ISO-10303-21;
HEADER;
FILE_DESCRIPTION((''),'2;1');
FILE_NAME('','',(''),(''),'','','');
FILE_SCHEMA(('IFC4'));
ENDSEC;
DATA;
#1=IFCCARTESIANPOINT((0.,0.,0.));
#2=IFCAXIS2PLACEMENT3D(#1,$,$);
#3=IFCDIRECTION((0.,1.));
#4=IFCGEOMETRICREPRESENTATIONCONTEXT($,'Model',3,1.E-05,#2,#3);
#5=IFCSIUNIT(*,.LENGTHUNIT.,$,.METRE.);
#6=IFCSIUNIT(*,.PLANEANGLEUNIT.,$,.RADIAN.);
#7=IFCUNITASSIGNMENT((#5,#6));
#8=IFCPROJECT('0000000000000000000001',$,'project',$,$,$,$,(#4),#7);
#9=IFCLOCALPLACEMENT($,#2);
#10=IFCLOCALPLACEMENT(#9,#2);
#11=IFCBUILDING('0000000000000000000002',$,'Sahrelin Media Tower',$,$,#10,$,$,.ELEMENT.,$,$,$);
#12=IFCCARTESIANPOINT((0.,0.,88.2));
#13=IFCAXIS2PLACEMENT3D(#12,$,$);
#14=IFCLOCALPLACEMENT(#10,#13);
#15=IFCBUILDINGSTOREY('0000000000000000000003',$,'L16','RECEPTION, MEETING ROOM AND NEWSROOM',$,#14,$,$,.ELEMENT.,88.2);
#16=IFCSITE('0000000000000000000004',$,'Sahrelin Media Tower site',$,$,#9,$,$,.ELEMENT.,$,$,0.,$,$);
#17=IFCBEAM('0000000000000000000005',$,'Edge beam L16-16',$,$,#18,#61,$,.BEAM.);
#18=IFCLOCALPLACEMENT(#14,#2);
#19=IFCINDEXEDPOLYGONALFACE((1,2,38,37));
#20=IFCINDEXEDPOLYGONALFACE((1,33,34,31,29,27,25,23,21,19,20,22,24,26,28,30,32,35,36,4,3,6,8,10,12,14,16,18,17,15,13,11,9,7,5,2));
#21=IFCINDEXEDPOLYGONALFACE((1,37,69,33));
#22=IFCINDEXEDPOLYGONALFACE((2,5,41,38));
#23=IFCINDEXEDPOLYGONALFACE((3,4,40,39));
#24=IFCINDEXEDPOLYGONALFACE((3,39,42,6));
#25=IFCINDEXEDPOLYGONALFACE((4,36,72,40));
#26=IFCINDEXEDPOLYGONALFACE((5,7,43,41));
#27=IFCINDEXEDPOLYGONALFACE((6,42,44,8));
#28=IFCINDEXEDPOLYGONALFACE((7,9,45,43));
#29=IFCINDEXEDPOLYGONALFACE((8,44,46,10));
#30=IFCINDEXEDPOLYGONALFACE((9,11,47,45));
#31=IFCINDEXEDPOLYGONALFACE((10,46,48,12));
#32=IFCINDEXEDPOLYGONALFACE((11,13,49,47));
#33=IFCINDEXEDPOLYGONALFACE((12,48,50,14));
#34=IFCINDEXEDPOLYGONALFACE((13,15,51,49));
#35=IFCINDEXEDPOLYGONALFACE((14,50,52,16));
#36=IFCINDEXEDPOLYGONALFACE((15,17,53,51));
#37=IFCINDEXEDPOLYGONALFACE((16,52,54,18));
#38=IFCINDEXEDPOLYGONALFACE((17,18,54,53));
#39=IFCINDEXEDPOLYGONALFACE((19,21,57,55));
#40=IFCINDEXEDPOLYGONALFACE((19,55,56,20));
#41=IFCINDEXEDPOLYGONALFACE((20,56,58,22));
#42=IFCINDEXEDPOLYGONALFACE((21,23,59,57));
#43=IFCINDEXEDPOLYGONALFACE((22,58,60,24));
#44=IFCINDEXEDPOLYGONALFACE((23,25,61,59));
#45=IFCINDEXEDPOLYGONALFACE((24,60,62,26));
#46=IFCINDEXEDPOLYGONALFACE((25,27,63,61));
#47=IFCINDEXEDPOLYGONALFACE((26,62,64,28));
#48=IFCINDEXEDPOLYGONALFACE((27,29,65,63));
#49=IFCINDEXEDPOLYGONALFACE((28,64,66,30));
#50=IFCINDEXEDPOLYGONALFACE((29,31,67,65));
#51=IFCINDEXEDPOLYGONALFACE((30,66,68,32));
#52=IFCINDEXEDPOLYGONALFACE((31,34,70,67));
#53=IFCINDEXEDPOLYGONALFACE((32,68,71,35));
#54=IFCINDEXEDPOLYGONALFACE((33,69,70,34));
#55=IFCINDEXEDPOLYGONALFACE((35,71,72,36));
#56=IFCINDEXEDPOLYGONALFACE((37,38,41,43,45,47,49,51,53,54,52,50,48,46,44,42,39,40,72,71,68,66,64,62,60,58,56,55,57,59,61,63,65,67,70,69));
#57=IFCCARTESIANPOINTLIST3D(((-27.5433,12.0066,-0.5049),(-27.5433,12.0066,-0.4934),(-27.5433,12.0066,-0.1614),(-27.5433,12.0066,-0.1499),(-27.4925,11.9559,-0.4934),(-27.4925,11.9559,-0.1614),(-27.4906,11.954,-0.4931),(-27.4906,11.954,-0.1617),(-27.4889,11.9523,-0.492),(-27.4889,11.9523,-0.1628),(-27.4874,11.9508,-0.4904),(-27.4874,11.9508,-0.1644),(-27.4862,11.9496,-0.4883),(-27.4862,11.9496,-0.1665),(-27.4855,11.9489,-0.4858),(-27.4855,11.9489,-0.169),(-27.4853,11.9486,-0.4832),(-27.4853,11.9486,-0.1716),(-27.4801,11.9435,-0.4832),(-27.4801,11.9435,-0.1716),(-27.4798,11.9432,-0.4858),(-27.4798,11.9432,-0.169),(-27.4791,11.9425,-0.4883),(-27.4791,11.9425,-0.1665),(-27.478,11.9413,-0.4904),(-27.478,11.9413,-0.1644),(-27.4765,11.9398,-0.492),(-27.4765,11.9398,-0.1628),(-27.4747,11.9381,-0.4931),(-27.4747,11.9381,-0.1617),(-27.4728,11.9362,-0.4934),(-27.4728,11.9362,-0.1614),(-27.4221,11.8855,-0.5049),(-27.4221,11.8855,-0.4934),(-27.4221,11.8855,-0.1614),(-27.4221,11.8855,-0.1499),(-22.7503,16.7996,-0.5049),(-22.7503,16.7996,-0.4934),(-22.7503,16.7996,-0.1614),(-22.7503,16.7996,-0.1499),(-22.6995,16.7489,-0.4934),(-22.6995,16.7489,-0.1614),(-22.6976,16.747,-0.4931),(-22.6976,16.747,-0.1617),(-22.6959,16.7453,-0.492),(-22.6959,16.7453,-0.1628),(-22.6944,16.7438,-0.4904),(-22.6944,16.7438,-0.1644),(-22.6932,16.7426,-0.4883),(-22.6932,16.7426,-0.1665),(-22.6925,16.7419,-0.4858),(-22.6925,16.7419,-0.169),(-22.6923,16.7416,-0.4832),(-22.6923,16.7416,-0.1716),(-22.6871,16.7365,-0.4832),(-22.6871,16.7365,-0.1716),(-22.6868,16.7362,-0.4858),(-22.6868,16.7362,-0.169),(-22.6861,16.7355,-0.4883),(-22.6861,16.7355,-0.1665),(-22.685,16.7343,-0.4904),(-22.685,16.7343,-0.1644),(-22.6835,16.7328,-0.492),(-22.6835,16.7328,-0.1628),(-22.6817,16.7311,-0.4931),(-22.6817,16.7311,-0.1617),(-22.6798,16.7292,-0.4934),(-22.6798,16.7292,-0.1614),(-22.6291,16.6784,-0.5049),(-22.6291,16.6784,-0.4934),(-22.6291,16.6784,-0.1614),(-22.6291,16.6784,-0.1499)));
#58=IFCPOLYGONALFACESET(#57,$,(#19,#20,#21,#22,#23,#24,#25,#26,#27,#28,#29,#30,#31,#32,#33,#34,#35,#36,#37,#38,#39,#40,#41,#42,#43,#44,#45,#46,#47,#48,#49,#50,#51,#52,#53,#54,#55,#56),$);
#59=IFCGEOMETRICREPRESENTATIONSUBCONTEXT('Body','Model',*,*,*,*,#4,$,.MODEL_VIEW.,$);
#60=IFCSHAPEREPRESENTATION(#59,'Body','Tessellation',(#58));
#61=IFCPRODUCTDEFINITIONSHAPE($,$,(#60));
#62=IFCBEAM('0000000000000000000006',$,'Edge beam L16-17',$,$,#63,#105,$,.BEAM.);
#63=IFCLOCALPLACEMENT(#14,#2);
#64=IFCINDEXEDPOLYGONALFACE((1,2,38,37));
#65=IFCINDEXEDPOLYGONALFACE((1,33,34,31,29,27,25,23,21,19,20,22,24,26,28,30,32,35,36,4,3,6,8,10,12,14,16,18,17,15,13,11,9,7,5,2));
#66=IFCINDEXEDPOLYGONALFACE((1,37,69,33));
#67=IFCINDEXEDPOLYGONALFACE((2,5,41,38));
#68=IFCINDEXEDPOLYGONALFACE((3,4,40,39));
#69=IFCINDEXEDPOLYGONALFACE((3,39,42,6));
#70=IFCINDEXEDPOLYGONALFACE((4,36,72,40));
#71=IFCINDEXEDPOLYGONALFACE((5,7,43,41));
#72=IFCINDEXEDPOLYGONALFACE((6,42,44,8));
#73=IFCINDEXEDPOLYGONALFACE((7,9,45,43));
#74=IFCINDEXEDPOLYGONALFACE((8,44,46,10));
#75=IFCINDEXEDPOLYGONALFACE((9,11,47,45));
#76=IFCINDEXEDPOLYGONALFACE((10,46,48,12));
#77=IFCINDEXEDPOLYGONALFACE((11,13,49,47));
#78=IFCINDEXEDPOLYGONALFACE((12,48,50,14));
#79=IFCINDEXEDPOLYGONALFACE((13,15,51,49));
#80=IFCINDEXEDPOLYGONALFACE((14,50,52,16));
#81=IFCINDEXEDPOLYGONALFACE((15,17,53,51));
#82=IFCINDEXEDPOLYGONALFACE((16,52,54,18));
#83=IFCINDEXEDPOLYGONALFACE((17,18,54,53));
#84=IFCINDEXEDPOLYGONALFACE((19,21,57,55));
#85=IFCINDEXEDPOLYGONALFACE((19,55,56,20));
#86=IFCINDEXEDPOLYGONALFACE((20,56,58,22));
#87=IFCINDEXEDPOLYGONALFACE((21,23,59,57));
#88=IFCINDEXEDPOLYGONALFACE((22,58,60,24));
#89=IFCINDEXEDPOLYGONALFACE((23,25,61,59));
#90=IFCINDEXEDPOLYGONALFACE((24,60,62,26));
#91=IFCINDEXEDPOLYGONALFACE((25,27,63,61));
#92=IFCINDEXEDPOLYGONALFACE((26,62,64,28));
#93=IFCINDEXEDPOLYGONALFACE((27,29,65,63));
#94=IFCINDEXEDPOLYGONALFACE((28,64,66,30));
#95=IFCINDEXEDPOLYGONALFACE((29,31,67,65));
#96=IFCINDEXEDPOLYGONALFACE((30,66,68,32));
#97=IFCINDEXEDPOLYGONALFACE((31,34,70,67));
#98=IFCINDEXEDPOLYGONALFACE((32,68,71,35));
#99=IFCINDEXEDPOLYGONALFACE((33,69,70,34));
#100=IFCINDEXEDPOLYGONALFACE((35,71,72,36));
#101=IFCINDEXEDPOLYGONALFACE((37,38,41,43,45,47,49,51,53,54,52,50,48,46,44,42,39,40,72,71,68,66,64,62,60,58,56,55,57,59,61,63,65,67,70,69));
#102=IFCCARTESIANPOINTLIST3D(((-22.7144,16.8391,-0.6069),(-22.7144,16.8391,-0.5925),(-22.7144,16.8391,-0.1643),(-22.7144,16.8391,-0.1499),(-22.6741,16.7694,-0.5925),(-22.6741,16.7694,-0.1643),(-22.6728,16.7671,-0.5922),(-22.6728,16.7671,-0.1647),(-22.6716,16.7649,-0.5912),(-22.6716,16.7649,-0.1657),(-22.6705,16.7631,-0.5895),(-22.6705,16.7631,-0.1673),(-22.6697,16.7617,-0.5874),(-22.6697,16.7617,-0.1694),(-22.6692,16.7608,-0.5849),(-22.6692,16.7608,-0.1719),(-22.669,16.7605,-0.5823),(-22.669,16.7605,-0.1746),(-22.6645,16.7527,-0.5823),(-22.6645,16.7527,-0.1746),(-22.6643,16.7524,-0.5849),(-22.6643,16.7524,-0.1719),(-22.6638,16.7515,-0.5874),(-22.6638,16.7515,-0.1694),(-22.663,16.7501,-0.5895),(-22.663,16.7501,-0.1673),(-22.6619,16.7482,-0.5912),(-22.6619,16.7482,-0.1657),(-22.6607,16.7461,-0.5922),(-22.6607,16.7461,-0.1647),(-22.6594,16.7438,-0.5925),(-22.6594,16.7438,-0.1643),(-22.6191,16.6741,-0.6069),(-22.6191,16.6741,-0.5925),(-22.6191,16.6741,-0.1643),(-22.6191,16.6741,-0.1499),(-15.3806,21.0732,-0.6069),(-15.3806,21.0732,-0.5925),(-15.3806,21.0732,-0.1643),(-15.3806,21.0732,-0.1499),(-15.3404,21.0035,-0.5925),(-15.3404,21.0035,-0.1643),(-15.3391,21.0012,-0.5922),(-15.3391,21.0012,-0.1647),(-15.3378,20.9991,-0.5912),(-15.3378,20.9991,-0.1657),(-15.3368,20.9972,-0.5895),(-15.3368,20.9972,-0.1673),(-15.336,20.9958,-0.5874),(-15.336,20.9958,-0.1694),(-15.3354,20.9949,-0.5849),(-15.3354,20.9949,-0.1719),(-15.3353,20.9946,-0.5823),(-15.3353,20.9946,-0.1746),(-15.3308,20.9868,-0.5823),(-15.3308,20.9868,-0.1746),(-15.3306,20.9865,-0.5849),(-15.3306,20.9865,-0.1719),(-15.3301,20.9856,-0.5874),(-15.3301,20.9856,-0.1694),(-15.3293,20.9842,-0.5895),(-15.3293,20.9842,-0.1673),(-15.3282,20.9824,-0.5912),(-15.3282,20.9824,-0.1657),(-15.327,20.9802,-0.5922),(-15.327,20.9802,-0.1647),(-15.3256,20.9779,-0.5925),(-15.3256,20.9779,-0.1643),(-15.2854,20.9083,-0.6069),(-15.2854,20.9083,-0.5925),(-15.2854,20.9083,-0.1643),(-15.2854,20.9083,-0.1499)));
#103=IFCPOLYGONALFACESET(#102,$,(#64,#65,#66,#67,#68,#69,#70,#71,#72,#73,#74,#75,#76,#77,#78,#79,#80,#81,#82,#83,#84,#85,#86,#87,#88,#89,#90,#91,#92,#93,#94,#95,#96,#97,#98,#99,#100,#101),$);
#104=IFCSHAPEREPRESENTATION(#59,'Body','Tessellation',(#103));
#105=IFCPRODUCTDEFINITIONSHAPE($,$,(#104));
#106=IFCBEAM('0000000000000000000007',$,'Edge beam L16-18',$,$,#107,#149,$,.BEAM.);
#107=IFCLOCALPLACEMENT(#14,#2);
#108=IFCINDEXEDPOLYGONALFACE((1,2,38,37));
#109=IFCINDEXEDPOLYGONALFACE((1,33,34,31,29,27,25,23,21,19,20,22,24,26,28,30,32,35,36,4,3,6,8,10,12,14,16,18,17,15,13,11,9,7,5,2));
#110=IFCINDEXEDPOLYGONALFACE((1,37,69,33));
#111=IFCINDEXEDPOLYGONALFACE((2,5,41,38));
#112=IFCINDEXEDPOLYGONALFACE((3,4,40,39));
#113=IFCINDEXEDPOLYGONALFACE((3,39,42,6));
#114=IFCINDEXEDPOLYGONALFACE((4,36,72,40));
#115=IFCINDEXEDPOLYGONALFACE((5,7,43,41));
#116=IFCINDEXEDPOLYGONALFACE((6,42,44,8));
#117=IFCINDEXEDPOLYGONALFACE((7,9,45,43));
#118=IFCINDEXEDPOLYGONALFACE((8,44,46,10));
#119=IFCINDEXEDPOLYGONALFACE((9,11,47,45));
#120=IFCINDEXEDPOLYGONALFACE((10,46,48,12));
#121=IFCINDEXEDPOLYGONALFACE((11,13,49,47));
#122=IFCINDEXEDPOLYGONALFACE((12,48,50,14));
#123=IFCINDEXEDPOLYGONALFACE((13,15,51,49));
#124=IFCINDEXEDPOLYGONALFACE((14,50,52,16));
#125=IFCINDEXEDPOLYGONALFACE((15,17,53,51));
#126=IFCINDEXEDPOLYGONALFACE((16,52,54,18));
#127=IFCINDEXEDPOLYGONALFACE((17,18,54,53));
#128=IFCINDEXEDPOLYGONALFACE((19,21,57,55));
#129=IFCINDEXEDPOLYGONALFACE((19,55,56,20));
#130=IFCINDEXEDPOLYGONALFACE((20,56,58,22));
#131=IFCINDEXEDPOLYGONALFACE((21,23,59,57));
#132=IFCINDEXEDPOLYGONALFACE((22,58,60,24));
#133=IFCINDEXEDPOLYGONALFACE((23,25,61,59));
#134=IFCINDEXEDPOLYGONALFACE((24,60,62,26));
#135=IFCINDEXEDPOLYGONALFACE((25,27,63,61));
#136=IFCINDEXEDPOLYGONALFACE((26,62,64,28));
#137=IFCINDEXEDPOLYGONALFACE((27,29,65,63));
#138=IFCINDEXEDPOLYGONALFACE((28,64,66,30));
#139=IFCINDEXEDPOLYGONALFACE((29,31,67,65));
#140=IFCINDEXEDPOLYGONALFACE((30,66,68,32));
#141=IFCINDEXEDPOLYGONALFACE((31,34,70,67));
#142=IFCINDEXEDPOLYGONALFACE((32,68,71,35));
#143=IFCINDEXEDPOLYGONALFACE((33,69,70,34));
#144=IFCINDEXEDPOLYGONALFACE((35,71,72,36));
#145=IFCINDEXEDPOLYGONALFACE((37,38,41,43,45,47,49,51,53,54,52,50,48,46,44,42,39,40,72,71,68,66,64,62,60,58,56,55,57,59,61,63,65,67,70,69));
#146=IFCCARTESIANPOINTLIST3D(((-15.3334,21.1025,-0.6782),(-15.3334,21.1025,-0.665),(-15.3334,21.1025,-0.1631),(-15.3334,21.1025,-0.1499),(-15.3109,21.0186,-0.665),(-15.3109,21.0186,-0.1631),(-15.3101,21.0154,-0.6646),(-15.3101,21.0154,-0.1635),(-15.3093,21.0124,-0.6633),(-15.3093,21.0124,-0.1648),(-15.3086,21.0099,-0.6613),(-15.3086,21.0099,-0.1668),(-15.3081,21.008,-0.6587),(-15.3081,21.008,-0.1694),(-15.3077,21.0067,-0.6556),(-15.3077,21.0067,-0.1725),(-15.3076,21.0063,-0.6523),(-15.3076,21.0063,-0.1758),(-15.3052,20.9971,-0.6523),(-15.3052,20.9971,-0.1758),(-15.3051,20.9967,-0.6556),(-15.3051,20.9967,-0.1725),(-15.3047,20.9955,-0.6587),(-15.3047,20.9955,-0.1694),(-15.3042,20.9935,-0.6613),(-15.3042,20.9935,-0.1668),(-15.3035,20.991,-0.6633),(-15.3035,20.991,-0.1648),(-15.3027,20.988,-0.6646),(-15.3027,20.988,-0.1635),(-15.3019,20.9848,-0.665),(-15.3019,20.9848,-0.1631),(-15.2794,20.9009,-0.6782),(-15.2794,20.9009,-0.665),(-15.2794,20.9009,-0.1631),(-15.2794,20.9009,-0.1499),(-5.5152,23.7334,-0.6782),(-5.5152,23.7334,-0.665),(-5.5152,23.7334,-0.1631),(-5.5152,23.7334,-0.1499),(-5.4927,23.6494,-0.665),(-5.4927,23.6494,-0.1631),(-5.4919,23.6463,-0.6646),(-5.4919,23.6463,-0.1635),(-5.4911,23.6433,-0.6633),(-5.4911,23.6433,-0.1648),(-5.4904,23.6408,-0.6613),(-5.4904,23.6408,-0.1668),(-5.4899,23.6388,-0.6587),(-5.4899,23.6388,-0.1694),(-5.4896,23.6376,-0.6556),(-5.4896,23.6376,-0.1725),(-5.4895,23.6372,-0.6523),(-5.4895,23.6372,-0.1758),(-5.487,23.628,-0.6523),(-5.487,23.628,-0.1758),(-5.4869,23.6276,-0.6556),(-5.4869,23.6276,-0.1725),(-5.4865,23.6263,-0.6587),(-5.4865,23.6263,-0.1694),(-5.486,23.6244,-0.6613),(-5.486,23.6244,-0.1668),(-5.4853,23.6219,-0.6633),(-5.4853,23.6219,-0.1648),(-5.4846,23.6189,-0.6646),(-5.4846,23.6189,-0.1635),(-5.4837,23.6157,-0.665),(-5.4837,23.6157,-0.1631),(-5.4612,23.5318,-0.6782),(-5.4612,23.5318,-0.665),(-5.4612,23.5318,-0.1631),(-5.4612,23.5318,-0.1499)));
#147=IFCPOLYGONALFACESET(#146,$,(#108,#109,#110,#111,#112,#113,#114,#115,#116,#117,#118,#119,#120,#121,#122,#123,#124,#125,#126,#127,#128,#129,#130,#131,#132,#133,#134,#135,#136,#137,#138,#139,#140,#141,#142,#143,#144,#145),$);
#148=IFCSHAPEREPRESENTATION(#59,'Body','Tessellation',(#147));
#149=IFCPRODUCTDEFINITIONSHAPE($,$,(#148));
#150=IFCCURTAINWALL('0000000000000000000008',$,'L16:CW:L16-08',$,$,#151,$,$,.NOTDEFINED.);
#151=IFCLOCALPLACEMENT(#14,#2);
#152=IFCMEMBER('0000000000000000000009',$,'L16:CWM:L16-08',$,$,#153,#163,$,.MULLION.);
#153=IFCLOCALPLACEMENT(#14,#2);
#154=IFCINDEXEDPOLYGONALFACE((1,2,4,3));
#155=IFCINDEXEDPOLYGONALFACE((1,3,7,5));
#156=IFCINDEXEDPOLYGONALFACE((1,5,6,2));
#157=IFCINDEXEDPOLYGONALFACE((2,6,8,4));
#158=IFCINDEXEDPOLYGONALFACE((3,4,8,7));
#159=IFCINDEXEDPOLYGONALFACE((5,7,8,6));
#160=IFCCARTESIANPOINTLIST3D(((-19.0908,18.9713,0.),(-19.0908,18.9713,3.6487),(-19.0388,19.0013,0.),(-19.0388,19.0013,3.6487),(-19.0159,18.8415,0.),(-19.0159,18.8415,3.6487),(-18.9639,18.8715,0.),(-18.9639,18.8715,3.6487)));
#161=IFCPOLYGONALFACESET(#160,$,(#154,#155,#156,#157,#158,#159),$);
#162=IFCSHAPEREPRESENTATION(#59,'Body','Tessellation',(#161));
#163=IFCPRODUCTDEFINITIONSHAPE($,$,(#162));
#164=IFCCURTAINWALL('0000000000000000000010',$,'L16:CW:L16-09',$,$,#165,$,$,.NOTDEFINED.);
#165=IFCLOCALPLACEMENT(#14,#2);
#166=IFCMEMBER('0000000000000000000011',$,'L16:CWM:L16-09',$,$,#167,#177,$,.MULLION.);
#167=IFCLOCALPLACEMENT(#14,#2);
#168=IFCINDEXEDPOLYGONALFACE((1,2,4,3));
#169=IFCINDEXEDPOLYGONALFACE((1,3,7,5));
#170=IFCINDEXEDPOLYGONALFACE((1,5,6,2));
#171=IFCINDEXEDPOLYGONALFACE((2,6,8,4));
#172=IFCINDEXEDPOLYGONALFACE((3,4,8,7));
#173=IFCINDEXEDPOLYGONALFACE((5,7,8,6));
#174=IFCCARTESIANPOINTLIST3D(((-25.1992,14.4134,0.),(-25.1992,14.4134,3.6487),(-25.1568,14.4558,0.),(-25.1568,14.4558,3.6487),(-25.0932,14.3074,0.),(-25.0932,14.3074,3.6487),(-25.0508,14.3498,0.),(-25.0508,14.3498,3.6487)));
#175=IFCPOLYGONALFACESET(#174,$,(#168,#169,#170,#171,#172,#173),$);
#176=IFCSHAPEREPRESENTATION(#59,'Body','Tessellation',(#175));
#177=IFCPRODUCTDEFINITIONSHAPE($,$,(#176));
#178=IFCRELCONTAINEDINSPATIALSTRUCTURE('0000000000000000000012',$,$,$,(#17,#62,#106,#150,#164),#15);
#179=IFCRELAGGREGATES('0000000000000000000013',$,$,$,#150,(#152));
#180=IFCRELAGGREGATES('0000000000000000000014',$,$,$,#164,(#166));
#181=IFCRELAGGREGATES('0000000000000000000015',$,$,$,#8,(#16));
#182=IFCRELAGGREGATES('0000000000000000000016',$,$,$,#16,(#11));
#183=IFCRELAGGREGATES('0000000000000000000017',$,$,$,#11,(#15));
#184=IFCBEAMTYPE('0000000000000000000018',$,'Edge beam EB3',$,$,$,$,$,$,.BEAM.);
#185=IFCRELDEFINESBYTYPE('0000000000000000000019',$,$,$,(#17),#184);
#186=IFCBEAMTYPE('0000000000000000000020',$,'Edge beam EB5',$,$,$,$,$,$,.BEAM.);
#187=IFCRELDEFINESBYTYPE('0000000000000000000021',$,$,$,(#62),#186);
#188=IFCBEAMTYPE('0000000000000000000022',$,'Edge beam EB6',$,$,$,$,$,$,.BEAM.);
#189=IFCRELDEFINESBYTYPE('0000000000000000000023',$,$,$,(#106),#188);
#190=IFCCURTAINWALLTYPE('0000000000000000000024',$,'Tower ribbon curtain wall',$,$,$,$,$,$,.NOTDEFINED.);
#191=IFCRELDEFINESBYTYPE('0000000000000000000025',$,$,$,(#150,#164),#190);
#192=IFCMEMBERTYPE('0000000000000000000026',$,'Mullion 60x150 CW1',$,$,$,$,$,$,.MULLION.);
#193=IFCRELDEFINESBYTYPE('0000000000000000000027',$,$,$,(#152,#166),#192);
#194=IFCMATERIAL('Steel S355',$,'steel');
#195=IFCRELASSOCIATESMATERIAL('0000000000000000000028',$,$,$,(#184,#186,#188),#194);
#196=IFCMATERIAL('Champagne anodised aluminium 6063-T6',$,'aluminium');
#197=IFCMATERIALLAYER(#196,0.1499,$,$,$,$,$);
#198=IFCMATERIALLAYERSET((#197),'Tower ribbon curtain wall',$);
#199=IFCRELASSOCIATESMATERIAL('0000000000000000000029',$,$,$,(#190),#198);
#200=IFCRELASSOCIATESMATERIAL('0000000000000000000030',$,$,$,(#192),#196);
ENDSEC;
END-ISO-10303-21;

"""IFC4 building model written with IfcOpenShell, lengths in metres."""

from ifc_helpers import new_model, si_unit, direction, frame, origin, origin_2d, place, context, subcontext, project, spatial, rectangle, i_section, extrude, material, layer, layer_set, material_profile, profile_set, type_object, element, aggregate, save


model = new_model("IFC4")

# Units and contexts
model_context = context("Model", 3, precision=1e-05, world=origin(), true_north=direction((0.0, 1.0)))
body_context = subcontext(model_context, "Body", "Model", "MODEL_VIEW")
ifc_project = project(units=[si_unit("LENGTHUNIT", "METRE"), si_unit("PLANEANGLEUNIT", "RADIAN")], contexts=[model_context])

# Site, building, storey
site_placement = place(None, origin())
site = spatial("IfcSite", under=ifc_project, at=site_placement, Name="Sahrelin Media Tower site", CompositionType="ELEMENT", RefElevation=0.0)
building_placement = place(site_placement, origin())
building = spatial("IfcBuilding", under=site, at=building_placement, Name="Sahrelin Media Tower", CompositionType="ELEMENT")
storey_placement = place(building_placement, frame((0.0, 0.0, 88.2)))
storey = spatial("IfcBuildingStorey", under=building, at=storey_placement, Name="L16", Description="RECEPTION, MEETING ROOM AND NEWSROOM", CompositionType="ELEMENT", Elevation=88.2)

# Beams
ifc_material_1 = material(Name="Steel S355", Category="steel")
ifc_material_profile_1 = material_profile(ifc_material_1, i_section(OverallWidth=0.1714, OverallDepth=0.355, WebThickness=0.0073, FlangeThickness=0.0115, FilletRadius=0.0103, at=origin_2d()), Name="UB 356x171x51")
ifc_profile_set_1 = profile_set([ifc_material_profile_1], Name="Steel S355")
beam_type_1 = type_object("IfcBeamType", Name="Edge beam EB3", PredefinedType="BEAM", material=ifc_profile_set_1)
beam_1_placement = place(storey_placement, frame((-27.4827, 11.946, -0.3274), z_axis=(0.707107, 0.707107, 0.0), x_axis=(-0.707107, 0.707107, 0.0)))
element("IfcBeam", 1, at=beam_1_placement, inside=storey, type_object=beam_type_1, Name="Edge beam L16-16", PredefinedType="BEAM", context=body_context, shape_type="SweptSolid", body=[
    extrude(i_section(OverallWidth=0.1714, OverallDepth=0.355, WebThickness=0.0073, FlangeThickness=0.0115, FilletRadius=0.0103, at=origin_2d()), origin(), (0.0, 0.0, 1.0), 6.7783),
])
ifc_material_profile_2 = material_profile(ifc_material_1, i_section(OverallWidth=0.1904, OverallDepth=0.457, WebThickness=0.009, FlangeThickness=0.0144, FilletRadius=0.0103, at=origin_2d()), Name="UB 457x191x74")
ifc_profile_set_2 = profile_set([ifc_material_profile_2], Name="Steel S355")
beam_type_2 = type_object("IfcBeamType", Name="Edge beam EB5", PredefinedType="BEAM", material=ifc_profile_set_2)
beam_2_placement = place(storey_placement, frame((-22.6667, 16.7566, -0.3784), z_axis=(0.866026, 0.499999, 0.0), x_axis=(-0.499999, 0.866026, 0.0)))
element("IfcBeam", 2, at=beam_2_placement, inside=storey, type_object=beam_type_2, Name="Edge beam L16-17", PredefinedType="BEAM", context=body_context, shape_type="SweptSolid", body=[
    extrude(i_section(OverallWidth=0.1904, OverallDepth=0.457, WebThickness=0.009, FlangeThickness=0.0144, FilletRadius=0.0103, at=origin_2d()), origin(), (0.0, 0.0, 1.0), 8.4683),
])
ifc_material_profile_3 = material_profile(ifc_material_1, i_section(OverallWidth=0.2087, OverallDepth=0.5283, WebThickness=0.0095, FlangeThickness=0.0132, FilletRadius=0.0127, at=origin_2d()), Name="UB 533x210x82")
ifc_profile_set_3 = profile_set([ifc_material_profile_3], Name="Steel S355")
beam_type_3 = type_object("IfcBeamType", Name="Edge beam EB6", PredefinedType="BEAM", material=ifc_profile_set_3)
beam_3_placement = place(storey_placement, frame((-15.3064, 21.0017, -0.4141), z_axis=(0.965923, 0.258829, 0.0), x_axis=(-0.258829, 0.965923, 0.0)))
element("IfcBeam", 3, at=beam_3_placement, inside=storey, type_object=beam_type_3, Name="Edge beam L16-18", PredefinedType="BEAM", context=body_context, shape_type="SweptSolid", body=[
    extrude(i_section(OverallWidth=0.2087, OverallDepth=0.5283, WebThickness=0.0095, FlangeThickness=0.0132, FilletRadius=0.0127, at=origin_2d()), origin(), (0.0, 0.0, 1.0), 10.1646),
])

# Curtain walls, members
ifc_material_2 = material(Name="Champagne anodised aluminium 6063-T6", Category="aluminium")
ifc_layer_1 = layer(ifc_material_2, 0.1499)
ifc_layer_set_1 = layer_set([ifc_layer_1], Name="Tower ribbon curtain wall")
curtain_wall_type = type_object("IfcCurtainWallType", Name="Tower ribbon curtain wall", PredefinedType="NOTDEFINED", material=ifc_layer_set_1)
curtain_wall_1_placement = place(storey_placement, frame((-19.075, 19.0037, 0.0), z_axis=(0.0, 0.0, 1.0), x_axis=(1.0, 0.0, 0.0)))
curtain_wall_1 = element("IfcCurtainWall", 4, at=curtain_wall_1_placement, inside=storey, type_object=curtain_wall_type, Name="L16:CW:L16-08", PredefinedType="NOTDEFINED")
ifc_material_profile_4 = material_profile(ifc_material_2, rectangle(XDim=0.0601, YDim=0.1499, at=origin_2d()), Name="Mullion 60x150")
ifc_profile_set_4 = profile_set([ifc_material_profile_4], Name="Champagne anodised aluminium 6063-T6")
member_type_1 = type_object("IfcMemberType", Name="Mullion 60x150 CW1", PredefinedType="MULLION", material=ifc_profile_set_4)
member_1_placement = place(storey_placement, frame((-19.0273, 18.9214, 0.0), z_axis=(0.0, 0.0, 1.0), x_axis=(-0.866023, -0.500005, 0.0)))
member_1 = element("IfcMember", 5, at=member_1_placement, type_object=member_type_1, Name="L16:CWM:L16-08", PredefinedType="MULLION", context=body_context, shape_type="SweptSolid", body=[
    extrude(rectangle(XDim=0.0601, YDim=0.1499, at=origin_2d()), origin(), (0.0, 0.0, 1.0), 3.6487),
])
curtain_wall_2_placement = place(storey_placement, frame((-25.1921, 14.4487, 0.0), z_axis=(0.0, 0.0, 1.0), x_axis=(1.0, 0.0, 0.0)))
curtain_wall_2 = element("IfcCurtainWall", 6, at=curtain_wall_2_placement, inside=storey, type_object=curtain_wall_type, Name="L16:CW:L16-09", PredefinedType="NOTDEFINED")
member_2_placement = place(storey_placement, frame((-25.125, 14.3816, 0.0), z_axis=(0.0, 0.0, 1.0), x_axis=(-0.707114, -0.707099, 0.0)))
member_2 = element("IfcMember", 7, at=member_2_placement, type_object=member_type_1, Name="L16:CWM:L16-09", PredefinedType="MULLION", context=body_context, shape_type="SweptSolid", body=[
    extrude(rectangle(XDim=0.0601, YDim=0.1499, at=origin_2d()), origin(), (0.0, 0.0, 1.0), 3.6487),
])

aggregate(curtain_wall_1, [member_1])
aggregate(curtain_wall_2, [member_2])

save(model, "model.ifc")
